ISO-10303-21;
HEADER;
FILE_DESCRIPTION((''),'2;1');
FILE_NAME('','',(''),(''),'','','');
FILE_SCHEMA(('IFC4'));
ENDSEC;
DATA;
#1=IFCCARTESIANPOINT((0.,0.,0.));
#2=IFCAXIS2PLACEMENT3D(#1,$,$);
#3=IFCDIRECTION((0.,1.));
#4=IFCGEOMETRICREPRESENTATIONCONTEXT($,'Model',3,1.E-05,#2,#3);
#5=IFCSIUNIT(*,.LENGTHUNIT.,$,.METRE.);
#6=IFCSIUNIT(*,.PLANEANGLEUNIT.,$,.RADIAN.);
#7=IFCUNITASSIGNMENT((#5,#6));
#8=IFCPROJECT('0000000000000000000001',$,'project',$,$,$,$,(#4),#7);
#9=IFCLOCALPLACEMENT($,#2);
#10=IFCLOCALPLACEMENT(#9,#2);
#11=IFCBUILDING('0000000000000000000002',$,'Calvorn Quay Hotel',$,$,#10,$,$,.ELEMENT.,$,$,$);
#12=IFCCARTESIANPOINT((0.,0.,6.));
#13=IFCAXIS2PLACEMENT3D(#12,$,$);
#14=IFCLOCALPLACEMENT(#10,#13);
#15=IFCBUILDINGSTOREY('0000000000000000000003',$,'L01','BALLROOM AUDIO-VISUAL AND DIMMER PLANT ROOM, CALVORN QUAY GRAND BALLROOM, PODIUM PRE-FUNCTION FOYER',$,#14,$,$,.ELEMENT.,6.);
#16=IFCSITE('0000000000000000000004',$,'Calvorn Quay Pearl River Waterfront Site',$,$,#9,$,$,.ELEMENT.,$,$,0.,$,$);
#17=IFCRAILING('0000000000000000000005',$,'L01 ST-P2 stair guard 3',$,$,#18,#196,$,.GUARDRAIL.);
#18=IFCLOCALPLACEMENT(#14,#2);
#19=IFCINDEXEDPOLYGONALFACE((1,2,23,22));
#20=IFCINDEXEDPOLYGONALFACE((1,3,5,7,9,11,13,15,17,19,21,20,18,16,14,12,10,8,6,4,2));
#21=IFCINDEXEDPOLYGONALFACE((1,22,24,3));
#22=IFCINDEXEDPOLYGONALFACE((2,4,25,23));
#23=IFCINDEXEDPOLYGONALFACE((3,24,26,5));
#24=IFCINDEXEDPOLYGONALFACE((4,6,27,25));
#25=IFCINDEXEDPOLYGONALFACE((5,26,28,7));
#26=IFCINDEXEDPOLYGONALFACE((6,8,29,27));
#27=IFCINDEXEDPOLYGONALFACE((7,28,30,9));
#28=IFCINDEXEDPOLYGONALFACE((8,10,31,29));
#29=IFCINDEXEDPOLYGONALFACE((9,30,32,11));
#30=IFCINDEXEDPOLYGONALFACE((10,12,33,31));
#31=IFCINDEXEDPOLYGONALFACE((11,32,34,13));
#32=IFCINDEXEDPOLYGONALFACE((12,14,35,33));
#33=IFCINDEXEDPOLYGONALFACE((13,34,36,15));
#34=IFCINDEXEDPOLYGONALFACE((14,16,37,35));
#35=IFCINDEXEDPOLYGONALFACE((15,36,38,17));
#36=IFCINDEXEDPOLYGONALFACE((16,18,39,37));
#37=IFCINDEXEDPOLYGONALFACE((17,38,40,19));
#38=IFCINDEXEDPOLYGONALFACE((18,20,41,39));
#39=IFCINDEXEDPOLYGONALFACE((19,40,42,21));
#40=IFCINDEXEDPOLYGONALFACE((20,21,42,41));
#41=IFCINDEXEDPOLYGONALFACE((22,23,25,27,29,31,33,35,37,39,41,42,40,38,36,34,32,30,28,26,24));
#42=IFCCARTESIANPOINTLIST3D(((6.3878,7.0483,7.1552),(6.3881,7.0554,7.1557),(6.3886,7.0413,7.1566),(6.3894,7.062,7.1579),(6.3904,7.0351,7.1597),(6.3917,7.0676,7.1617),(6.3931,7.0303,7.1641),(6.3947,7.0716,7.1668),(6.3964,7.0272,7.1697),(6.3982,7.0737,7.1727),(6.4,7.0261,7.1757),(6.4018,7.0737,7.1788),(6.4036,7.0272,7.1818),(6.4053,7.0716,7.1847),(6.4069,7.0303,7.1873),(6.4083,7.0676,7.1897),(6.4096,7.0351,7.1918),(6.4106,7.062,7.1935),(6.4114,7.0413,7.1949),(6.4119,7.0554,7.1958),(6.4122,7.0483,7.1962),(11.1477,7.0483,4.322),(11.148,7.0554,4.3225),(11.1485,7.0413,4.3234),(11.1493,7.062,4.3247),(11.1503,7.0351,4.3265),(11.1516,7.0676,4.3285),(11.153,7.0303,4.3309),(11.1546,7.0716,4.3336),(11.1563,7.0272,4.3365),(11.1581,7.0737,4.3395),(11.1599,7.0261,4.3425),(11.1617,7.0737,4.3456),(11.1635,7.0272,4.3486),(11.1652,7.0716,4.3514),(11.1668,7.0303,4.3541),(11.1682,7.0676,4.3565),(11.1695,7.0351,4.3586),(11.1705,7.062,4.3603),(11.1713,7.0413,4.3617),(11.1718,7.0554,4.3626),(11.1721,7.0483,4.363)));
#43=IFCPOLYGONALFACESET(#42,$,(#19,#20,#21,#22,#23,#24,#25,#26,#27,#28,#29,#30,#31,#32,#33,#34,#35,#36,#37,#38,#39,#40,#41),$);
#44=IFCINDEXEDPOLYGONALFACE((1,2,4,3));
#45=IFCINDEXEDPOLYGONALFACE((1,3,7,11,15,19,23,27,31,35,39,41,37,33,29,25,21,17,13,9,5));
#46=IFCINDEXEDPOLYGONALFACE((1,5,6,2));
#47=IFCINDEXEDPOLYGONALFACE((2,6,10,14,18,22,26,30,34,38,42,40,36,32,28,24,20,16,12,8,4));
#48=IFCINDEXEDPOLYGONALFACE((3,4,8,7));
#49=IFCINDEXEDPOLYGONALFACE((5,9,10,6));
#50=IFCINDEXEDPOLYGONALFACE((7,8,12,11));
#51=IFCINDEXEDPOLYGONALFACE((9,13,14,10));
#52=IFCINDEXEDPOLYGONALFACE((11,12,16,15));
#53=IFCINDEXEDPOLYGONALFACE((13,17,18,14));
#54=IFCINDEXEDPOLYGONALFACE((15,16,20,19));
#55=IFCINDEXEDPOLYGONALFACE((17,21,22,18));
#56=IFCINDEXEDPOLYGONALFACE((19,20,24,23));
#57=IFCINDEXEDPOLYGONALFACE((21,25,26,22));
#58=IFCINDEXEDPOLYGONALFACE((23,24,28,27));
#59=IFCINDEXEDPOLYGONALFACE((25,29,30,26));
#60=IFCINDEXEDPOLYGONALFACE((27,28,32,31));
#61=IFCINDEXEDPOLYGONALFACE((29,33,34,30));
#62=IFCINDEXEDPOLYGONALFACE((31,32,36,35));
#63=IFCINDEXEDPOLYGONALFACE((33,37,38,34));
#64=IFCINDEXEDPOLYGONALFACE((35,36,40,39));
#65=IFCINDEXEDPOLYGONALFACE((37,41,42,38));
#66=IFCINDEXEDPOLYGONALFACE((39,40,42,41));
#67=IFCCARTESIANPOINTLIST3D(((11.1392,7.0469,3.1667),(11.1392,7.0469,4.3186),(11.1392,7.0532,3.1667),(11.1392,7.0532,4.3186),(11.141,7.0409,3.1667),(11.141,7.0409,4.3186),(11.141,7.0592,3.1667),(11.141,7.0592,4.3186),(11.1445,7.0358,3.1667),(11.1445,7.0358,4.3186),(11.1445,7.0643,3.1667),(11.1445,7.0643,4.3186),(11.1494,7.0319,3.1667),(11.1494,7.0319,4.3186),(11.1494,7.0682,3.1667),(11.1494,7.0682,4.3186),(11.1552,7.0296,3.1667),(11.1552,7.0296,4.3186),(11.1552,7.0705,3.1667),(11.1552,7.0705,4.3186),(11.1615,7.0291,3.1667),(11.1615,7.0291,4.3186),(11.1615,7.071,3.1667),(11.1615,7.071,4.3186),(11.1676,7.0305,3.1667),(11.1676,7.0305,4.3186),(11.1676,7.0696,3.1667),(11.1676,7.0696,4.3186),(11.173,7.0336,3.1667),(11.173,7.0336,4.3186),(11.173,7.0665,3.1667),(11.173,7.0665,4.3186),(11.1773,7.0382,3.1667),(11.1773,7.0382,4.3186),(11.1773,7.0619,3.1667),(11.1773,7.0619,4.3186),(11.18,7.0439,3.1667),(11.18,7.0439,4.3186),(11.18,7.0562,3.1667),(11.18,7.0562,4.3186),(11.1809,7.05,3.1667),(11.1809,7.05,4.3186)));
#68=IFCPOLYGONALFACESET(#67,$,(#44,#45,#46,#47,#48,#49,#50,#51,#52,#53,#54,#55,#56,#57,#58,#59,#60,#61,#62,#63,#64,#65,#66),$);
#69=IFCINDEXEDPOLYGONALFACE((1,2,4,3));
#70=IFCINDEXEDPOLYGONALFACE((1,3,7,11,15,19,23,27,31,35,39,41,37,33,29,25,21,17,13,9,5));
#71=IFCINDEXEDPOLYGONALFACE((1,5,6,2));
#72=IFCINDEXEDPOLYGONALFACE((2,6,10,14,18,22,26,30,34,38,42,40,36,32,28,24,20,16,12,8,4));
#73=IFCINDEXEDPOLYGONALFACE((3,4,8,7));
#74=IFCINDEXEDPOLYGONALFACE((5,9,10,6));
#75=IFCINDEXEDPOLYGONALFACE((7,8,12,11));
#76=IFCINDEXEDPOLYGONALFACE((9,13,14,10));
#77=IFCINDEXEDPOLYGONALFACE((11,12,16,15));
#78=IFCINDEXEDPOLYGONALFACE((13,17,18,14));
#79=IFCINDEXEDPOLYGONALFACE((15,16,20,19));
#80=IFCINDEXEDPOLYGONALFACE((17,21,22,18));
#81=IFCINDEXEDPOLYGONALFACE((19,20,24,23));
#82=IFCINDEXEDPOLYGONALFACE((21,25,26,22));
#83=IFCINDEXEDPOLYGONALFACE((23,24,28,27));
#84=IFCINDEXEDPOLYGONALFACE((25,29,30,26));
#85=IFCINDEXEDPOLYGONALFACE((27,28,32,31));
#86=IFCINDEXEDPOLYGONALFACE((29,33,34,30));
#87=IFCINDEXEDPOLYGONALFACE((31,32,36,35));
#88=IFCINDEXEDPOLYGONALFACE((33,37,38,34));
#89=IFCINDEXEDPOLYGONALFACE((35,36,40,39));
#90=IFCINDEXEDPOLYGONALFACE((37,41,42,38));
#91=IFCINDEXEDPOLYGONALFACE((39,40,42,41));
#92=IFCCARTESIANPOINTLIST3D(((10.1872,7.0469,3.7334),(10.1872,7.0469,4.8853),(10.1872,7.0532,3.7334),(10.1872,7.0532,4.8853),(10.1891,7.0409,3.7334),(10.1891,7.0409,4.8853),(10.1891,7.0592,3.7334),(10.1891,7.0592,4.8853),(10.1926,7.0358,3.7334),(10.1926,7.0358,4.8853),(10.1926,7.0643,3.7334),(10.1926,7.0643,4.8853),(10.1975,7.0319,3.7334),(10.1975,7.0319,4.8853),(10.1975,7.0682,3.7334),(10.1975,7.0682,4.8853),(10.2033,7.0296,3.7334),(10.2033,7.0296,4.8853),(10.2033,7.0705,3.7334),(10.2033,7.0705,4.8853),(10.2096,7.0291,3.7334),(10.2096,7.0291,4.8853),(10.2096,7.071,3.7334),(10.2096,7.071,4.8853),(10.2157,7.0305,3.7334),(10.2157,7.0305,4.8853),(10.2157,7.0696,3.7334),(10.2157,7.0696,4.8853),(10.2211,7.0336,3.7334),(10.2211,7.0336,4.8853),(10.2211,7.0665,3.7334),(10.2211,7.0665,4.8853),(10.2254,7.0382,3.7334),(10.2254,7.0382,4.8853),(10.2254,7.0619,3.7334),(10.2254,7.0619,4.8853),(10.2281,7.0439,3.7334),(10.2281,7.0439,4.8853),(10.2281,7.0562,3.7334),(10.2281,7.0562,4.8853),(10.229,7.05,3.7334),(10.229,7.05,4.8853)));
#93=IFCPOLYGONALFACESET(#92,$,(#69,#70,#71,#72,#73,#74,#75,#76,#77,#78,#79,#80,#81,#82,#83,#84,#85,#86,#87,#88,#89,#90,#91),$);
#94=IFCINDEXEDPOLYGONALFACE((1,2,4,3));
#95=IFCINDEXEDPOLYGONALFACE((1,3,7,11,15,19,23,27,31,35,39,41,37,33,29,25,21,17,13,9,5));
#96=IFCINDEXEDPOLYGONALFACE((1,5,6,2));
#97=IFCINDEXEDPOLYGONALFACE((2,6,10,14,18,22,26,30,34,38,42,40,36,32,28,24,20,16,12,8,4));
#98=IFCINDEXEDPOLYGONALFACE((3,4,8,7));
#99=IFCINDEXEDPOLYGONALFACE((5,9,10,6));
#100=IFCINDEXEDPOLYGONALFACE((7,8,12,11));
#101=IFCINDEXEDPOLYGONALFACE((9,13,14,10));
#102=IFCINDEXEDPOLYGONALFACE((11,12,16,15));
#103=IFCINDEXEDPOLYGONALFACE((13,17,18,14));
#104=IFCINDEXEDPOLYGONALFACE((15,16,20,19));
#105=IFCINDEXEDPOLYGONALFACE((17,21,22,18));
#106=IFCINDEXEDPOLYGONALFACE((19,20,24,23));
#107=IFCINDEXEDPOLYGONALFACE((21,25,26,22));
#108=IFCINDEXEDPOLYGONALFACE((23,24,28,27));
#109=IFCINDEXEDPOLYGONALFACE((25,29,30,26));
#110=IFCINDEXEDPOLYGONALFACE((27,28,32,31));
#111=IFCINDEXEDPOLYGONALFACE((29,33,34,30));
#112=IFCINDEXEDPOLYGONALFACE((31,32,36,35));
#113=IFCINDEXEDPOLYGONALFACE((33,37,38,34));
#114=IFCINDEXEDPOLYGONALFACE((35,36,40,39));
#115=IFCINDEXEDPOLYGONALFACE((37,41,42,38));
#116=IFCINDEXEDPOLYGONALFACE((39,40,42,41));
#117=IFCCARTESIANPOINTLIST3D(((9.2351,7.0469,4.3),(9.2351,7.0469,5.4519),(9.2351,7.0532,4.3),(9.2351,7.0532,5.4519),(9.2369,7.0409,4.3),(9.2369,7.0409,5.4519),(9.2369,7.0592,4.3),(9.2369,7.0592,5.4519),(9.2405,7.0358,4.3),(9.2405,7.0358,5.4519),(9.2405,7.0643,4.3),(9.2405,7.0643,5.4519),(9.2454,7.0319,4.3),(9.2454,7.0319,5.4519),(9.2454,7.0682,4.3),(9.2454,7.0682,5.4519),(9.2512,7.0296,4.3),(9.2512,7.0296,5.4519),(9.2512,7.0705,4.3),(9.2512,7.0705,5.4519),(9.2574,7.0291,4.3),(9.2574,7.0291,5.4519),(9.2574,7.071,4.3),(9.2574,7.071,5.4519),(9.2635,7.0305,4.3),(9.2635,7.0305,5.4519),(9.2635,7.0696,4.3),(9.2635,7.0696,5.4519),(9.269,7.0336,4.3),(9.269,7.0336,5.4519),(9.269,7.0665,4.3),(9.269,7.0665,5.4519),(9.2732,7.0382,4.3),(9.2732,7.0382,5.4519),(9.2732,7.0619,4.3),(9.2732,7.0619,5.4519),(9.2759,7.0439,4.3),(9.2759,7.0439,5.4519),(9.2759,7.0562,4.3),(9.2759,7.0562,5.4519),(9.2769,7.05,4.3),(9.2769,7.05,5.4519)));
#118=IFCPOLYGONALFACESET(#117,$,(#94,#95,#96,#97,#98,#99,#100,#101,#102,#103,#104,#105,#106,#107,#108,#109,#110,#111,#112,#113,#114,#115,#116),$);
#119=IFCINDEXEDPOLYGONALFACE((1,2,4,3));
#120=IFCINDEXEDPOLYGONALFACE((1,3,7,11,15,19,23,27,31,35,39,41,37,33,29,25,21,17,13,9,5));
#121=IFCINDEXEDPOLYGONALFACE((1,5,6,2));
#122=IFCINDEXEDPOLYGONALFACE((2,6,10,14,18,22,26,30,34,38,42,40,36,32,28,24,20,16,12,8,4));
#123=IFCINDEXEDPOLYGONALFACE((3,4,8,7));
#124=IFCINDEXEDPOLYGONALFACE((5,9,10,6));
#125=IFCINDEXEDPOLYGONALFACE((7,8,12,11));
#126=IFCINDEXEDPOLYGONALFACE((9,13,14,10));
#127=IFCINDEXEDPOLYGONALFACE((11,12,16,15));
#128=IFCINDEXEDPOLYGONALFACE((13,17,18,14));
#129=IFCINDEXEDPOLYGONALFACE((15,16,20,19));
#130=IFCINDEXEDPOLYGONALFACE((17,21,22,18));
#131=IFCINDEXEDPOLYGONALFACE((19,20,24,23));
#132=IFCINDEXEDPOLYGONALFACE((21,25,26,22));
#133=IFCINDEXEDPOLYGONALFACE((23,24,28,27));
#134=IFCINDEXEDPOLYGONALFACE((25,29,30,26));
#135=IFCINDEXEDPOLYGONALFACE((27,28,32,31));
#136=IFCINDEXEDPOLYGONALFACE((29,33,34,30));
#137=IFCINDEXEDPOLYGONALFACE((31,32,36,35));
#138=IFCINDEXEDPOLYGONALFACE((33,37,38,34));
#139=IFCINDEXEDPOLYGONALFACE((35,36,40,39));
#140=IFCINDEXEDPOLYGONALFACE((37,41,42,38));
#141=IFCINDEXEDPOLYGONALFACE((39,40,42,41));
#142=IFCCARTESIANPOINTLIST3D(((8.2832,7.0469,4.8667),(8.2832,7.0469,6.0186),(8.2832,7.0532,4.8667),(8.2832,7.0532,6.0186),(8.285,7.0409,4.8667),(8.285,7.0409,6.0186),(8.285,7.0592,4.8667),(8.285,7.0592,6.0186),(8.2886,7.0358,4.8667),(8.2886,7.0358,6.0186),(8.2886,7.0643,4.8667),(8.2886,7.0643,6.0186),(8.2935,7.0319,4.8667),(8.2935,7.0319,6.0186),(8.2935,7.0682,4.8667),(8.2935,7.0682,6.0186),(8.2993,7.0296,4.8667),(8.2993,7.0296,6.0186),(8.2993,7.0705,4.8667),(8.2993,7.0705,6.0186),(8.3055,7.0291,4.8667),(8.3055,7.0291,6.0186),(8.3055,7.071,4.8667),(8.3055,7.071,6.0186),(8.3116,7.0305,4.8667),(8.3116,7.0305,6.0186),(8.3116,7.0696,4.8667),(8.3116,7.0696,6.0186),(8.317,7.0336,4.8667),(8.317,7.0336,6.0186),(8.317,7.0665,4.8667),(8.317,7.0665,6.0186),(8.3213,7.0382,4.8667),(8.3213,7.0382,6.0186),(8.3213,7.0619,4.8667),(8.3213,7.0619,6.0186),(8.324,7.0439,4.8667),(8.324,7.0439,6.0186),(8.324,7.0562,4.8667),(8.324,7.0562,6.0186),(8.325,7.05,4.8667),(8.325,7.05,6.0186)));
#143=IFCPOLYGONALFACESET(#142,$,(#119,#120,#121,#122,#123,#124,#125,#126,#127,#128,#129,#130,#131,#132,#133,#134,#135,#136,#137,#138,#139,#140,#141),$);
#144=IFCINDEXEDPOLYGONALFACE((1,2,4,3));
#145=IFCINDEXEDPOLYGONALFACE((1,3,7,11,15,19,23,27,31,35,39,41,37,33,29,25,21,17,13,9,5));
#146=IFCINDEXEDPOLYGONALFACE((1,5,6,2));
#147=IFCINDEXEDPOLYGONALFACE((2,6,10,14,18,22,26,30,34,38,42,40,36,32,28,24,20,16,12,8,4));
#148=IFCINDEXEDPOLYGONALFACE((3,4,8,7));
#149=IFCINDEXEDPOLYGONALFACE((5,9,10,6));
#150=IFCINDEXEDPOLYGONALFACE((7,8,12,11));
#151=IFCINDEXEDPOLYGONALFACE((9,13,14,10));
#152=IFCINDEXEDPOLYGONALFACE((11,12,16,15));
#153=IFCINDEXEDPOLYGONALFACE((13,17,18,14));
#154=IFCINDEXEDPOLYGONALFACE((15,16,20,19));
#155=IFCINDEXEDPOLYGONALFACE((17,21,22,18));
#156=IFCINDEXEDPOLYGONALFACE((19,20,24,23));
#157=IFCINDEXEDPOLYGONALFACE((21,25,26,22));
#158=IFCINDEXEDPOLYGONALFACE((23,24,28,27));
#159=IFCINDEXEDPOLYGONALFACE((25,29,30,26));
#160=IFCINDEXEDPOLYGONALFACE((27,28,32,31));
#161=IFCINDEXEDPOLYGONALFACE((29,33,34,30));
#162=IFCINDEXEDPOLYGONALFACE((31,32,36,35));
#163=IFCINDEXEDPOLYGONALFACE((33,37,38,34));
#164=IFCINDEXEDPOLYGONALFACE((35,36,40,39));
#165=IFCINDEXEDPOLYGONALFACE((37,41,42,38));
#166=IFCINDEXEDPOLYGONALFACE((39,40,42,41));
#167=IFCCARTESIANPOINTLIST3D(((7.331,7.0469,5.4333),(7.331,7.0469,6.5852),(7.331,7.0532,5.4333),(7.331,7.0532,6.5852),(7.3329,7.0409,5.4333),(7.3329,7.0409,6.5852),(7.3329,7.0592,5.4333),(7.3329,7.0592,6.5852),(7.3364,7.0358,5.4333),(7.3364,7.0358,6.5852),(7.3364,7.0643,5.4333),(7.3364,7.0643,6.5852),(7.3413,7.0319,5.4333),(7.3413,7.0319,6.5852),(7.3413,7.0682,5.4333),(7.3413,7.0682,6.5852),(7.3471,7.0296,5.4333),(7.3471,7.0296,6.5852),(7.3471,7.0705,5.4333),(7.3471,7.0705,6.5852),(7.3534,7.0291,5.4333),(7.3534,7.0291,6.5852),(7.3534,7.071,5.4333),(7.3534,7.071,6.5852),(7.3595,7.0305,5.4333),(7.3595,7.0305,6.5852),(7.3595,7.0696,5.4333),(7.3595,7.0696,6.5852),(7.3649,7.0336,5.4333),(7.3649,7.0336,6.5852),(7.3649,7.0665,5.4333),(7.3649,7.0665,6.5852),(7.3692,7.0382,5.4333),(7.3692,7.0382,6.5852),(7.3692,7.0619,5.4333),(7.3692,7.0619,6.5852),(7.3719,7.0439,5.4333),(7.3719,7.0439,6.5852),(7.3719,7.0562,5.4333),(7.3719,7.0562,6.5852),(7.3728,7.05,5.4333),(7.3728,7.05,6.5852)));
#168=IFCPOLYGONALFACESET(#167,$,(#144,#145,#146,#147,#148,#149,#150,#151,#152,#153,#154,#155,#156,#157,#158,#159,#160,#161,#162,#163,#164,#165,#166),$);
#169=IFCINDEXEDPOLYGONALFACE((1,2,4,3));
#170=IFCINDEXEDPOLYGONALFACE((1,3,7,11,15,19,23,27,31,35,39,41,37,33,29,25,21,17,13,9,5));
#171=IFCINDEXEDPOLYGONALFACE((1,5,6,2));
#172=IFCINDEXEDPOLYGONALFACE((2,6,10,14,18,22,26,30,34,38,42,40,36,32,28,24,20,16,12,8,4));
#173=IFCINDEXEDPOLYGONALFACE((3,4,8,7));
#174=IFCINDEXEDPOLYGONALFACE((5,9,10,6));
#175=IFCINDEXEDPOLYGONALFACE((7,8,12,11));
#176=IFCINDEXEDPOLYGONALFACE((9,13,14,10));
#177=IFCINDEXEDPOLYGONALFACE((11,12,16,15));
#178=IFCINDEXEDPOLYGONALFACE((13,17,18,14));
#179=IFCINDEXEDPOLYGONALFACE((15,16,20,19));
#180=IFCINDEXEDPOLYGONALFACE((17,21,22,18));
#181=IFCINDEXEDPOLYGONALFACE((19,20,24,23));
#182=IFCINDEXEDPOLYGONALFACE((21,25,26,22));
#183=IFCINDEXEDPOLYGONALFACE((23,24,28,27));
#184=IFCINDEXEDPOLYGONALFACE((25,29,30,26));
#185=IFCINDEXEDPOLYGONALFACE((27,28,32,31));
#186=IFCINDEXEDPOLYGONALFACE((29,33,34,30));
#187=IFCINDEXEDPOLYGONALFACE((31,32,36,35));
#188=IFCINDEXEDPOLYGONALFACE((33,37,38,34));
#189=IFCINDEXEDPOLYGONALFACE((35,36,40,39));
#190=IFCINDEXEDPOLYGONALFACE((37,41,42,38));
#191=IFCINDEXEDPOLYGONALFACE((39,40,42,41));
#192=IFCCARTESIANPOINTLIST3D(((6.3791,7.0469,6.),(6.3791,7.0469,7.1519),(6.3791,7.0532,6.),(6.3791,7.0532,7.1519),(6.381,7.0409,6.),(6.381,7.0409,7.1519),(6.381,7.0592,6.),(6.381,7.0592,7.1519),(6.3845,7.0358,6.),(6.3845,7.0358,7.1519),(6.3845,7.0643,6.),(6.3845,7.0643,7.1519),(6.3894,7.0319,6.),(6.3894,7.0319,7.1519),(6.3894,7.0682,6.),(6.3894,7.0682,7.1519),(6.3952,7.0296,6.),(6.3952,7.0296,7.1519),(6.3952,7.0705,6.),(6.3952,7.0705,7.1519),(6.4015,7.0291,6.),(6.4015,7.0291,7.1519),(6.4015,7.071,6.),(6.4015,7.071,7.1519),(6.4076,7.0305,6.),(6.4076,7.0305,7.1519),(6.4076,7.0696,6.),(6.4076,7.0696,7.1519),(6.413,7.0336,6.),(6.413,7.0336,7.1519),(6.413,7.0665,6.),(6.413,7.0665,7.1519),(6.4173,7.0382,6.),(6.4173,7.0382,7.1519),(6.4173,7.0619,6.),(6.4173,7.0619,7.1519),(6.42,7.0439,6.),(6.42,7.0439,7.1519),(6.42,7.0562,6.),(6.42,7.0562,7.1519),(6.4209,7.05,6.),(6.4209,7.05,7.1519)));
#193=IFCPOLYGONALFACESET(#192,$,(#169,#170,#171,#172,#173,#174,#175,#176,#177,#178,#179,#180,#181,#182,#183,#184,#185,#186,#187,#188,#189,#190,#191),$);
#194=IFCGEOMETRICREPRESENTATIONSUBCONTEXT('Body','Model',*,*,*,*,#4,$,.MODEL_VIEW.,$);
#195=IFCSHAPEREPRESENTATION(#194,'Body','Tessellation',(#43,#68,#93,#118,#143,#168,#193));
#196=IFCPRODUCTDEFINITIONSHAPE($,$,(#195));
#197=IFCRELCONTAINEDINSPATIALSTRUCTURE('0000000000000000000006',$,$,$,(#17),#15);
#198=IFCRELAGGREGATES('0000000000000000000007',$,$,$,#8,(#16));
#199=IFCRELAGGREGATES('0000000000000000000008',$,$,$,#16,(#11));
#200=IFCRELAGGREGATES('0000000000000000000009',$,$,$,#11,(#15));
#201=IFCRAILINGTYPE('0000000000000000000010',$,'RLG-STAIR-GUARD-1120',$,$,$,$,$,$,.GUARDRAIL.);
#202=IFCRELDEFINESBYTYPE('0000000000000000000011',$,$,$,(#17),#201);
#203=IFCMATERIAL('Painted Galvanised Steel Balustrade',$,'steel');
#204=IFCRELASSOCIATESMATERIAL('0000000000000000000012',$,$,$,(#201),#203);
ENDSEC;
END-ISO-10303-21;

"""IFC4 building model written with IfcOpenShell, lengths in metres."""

from ifc_helpers import new_model, si_unit, direction, frame, origin, origin_2d, place, context, subcontext, project, spatial, circle, extrude, material, type_object, element, save


model = new_model("IFC4")

# Units and contexts
model_context = context("Model", 3, precision=1e-05, world=origin(), true_north=direction((0.0, 1.0)))
body_context = subcontext(model_context, "Body", "Model", "MODEL_VIEW")
ifc_project = project(units=[si_unit("LENGTHUNIT", "METRE"), si_unit("PLANEANGLEUNIT", "RADIAN")], contexts=[model_context])

# Site, building, storey
site_placement = place(None, origin())
site = spatial("IfcSite", under=ifc_project, at=site_placement, Name="Calvorn Quay Pearl River Waterfront Site", CompositionType="ELEMENT", RefElevation=0.0)
building_placement = place(site_placement, origin())
building = spatial("IfcBuilding", under=site, at=building_placement, Name="Calvorn Quay Hotel", CompositionType="ELEMENT")
storey_placement = place(building_placement, frame((0.0, 0.0, 6.0)))
storey = spatial("IfcBuildingStorey", under=building, at=storey_placement, Name="L01", Description="BALLROOM AUDIO-VISUAL AND DIMMER PLANT ROOM, CALVORN QUAY GRAND BALLROOM, PODIUM PRE-FUNCTION FOYER", CompositionType="ELEMENT", Elevation=6.0)

# Railing
ifc_material_1 = material(Name="Painted Galvanised Steel Balustrade", Category="steel")
railing_type_1 = type_object("IfcRailingType", Name="RLG-STAIR-GUARD-1120", PredefinedType="GUARDRAIL", material=ifc_material_1)
railing_1_placement = place(storey_placement, frame((11.1599, 7.05, 3.1667)))
element("IfcRailing", 1, at=railing_1_placement, inside=storey, type_object=railing_type_1, Name="L01 ST-P2 stair guard 3", PredefinedType="GUARDRAIL", context=body_context, shape_type="SweptSolid", body=[
    extrude(circle(Radius=0.0239, at=origin_2d()), frame((0.0, 0.0, 1.1758), z_axis=(-0.8593, 0.0, 0.511472), x_axis=(0.0, -1.0, 0.0)), (0.0, 0.0, 1.0), 5.5393),
    extrude(circle(Radius=0.021, at=origin_2d()), origin(), (0.0, 0.0, 1.0), 1.1519),
    extrude(circle(Radius=0.021, at=origin_2d()), frame((-0.9519, 0.0, 0.5667)), (0.0, 0.0, 1.0), 1.1519),
    extrude(circle(Radius=0.021, at=origin_2d()), frame((-1.9041, 0.0, 1.1333)), (0.0, 0.0, 1.0), 1.1519),
    extrude(circle(Radius=0.021, at=origin_2d()), frame((-2.856, 0.0, 1.7)), (0.0, 0.0, 1.0), 1.1519),
    extrude(circle(Radius=0.021, at=origin_2d()), frame((-3.8081, 0.0, 2.2666)), (0.0, 0.0, 1.0), 1.1519),
    extrude(circle(Radius=0.021, at=origin_2d()), frame((-4.76, 0.0, 2.8333)), (0.0, 0.0, 1.0), 1.1519),
])

save(model, "model.ifc")
